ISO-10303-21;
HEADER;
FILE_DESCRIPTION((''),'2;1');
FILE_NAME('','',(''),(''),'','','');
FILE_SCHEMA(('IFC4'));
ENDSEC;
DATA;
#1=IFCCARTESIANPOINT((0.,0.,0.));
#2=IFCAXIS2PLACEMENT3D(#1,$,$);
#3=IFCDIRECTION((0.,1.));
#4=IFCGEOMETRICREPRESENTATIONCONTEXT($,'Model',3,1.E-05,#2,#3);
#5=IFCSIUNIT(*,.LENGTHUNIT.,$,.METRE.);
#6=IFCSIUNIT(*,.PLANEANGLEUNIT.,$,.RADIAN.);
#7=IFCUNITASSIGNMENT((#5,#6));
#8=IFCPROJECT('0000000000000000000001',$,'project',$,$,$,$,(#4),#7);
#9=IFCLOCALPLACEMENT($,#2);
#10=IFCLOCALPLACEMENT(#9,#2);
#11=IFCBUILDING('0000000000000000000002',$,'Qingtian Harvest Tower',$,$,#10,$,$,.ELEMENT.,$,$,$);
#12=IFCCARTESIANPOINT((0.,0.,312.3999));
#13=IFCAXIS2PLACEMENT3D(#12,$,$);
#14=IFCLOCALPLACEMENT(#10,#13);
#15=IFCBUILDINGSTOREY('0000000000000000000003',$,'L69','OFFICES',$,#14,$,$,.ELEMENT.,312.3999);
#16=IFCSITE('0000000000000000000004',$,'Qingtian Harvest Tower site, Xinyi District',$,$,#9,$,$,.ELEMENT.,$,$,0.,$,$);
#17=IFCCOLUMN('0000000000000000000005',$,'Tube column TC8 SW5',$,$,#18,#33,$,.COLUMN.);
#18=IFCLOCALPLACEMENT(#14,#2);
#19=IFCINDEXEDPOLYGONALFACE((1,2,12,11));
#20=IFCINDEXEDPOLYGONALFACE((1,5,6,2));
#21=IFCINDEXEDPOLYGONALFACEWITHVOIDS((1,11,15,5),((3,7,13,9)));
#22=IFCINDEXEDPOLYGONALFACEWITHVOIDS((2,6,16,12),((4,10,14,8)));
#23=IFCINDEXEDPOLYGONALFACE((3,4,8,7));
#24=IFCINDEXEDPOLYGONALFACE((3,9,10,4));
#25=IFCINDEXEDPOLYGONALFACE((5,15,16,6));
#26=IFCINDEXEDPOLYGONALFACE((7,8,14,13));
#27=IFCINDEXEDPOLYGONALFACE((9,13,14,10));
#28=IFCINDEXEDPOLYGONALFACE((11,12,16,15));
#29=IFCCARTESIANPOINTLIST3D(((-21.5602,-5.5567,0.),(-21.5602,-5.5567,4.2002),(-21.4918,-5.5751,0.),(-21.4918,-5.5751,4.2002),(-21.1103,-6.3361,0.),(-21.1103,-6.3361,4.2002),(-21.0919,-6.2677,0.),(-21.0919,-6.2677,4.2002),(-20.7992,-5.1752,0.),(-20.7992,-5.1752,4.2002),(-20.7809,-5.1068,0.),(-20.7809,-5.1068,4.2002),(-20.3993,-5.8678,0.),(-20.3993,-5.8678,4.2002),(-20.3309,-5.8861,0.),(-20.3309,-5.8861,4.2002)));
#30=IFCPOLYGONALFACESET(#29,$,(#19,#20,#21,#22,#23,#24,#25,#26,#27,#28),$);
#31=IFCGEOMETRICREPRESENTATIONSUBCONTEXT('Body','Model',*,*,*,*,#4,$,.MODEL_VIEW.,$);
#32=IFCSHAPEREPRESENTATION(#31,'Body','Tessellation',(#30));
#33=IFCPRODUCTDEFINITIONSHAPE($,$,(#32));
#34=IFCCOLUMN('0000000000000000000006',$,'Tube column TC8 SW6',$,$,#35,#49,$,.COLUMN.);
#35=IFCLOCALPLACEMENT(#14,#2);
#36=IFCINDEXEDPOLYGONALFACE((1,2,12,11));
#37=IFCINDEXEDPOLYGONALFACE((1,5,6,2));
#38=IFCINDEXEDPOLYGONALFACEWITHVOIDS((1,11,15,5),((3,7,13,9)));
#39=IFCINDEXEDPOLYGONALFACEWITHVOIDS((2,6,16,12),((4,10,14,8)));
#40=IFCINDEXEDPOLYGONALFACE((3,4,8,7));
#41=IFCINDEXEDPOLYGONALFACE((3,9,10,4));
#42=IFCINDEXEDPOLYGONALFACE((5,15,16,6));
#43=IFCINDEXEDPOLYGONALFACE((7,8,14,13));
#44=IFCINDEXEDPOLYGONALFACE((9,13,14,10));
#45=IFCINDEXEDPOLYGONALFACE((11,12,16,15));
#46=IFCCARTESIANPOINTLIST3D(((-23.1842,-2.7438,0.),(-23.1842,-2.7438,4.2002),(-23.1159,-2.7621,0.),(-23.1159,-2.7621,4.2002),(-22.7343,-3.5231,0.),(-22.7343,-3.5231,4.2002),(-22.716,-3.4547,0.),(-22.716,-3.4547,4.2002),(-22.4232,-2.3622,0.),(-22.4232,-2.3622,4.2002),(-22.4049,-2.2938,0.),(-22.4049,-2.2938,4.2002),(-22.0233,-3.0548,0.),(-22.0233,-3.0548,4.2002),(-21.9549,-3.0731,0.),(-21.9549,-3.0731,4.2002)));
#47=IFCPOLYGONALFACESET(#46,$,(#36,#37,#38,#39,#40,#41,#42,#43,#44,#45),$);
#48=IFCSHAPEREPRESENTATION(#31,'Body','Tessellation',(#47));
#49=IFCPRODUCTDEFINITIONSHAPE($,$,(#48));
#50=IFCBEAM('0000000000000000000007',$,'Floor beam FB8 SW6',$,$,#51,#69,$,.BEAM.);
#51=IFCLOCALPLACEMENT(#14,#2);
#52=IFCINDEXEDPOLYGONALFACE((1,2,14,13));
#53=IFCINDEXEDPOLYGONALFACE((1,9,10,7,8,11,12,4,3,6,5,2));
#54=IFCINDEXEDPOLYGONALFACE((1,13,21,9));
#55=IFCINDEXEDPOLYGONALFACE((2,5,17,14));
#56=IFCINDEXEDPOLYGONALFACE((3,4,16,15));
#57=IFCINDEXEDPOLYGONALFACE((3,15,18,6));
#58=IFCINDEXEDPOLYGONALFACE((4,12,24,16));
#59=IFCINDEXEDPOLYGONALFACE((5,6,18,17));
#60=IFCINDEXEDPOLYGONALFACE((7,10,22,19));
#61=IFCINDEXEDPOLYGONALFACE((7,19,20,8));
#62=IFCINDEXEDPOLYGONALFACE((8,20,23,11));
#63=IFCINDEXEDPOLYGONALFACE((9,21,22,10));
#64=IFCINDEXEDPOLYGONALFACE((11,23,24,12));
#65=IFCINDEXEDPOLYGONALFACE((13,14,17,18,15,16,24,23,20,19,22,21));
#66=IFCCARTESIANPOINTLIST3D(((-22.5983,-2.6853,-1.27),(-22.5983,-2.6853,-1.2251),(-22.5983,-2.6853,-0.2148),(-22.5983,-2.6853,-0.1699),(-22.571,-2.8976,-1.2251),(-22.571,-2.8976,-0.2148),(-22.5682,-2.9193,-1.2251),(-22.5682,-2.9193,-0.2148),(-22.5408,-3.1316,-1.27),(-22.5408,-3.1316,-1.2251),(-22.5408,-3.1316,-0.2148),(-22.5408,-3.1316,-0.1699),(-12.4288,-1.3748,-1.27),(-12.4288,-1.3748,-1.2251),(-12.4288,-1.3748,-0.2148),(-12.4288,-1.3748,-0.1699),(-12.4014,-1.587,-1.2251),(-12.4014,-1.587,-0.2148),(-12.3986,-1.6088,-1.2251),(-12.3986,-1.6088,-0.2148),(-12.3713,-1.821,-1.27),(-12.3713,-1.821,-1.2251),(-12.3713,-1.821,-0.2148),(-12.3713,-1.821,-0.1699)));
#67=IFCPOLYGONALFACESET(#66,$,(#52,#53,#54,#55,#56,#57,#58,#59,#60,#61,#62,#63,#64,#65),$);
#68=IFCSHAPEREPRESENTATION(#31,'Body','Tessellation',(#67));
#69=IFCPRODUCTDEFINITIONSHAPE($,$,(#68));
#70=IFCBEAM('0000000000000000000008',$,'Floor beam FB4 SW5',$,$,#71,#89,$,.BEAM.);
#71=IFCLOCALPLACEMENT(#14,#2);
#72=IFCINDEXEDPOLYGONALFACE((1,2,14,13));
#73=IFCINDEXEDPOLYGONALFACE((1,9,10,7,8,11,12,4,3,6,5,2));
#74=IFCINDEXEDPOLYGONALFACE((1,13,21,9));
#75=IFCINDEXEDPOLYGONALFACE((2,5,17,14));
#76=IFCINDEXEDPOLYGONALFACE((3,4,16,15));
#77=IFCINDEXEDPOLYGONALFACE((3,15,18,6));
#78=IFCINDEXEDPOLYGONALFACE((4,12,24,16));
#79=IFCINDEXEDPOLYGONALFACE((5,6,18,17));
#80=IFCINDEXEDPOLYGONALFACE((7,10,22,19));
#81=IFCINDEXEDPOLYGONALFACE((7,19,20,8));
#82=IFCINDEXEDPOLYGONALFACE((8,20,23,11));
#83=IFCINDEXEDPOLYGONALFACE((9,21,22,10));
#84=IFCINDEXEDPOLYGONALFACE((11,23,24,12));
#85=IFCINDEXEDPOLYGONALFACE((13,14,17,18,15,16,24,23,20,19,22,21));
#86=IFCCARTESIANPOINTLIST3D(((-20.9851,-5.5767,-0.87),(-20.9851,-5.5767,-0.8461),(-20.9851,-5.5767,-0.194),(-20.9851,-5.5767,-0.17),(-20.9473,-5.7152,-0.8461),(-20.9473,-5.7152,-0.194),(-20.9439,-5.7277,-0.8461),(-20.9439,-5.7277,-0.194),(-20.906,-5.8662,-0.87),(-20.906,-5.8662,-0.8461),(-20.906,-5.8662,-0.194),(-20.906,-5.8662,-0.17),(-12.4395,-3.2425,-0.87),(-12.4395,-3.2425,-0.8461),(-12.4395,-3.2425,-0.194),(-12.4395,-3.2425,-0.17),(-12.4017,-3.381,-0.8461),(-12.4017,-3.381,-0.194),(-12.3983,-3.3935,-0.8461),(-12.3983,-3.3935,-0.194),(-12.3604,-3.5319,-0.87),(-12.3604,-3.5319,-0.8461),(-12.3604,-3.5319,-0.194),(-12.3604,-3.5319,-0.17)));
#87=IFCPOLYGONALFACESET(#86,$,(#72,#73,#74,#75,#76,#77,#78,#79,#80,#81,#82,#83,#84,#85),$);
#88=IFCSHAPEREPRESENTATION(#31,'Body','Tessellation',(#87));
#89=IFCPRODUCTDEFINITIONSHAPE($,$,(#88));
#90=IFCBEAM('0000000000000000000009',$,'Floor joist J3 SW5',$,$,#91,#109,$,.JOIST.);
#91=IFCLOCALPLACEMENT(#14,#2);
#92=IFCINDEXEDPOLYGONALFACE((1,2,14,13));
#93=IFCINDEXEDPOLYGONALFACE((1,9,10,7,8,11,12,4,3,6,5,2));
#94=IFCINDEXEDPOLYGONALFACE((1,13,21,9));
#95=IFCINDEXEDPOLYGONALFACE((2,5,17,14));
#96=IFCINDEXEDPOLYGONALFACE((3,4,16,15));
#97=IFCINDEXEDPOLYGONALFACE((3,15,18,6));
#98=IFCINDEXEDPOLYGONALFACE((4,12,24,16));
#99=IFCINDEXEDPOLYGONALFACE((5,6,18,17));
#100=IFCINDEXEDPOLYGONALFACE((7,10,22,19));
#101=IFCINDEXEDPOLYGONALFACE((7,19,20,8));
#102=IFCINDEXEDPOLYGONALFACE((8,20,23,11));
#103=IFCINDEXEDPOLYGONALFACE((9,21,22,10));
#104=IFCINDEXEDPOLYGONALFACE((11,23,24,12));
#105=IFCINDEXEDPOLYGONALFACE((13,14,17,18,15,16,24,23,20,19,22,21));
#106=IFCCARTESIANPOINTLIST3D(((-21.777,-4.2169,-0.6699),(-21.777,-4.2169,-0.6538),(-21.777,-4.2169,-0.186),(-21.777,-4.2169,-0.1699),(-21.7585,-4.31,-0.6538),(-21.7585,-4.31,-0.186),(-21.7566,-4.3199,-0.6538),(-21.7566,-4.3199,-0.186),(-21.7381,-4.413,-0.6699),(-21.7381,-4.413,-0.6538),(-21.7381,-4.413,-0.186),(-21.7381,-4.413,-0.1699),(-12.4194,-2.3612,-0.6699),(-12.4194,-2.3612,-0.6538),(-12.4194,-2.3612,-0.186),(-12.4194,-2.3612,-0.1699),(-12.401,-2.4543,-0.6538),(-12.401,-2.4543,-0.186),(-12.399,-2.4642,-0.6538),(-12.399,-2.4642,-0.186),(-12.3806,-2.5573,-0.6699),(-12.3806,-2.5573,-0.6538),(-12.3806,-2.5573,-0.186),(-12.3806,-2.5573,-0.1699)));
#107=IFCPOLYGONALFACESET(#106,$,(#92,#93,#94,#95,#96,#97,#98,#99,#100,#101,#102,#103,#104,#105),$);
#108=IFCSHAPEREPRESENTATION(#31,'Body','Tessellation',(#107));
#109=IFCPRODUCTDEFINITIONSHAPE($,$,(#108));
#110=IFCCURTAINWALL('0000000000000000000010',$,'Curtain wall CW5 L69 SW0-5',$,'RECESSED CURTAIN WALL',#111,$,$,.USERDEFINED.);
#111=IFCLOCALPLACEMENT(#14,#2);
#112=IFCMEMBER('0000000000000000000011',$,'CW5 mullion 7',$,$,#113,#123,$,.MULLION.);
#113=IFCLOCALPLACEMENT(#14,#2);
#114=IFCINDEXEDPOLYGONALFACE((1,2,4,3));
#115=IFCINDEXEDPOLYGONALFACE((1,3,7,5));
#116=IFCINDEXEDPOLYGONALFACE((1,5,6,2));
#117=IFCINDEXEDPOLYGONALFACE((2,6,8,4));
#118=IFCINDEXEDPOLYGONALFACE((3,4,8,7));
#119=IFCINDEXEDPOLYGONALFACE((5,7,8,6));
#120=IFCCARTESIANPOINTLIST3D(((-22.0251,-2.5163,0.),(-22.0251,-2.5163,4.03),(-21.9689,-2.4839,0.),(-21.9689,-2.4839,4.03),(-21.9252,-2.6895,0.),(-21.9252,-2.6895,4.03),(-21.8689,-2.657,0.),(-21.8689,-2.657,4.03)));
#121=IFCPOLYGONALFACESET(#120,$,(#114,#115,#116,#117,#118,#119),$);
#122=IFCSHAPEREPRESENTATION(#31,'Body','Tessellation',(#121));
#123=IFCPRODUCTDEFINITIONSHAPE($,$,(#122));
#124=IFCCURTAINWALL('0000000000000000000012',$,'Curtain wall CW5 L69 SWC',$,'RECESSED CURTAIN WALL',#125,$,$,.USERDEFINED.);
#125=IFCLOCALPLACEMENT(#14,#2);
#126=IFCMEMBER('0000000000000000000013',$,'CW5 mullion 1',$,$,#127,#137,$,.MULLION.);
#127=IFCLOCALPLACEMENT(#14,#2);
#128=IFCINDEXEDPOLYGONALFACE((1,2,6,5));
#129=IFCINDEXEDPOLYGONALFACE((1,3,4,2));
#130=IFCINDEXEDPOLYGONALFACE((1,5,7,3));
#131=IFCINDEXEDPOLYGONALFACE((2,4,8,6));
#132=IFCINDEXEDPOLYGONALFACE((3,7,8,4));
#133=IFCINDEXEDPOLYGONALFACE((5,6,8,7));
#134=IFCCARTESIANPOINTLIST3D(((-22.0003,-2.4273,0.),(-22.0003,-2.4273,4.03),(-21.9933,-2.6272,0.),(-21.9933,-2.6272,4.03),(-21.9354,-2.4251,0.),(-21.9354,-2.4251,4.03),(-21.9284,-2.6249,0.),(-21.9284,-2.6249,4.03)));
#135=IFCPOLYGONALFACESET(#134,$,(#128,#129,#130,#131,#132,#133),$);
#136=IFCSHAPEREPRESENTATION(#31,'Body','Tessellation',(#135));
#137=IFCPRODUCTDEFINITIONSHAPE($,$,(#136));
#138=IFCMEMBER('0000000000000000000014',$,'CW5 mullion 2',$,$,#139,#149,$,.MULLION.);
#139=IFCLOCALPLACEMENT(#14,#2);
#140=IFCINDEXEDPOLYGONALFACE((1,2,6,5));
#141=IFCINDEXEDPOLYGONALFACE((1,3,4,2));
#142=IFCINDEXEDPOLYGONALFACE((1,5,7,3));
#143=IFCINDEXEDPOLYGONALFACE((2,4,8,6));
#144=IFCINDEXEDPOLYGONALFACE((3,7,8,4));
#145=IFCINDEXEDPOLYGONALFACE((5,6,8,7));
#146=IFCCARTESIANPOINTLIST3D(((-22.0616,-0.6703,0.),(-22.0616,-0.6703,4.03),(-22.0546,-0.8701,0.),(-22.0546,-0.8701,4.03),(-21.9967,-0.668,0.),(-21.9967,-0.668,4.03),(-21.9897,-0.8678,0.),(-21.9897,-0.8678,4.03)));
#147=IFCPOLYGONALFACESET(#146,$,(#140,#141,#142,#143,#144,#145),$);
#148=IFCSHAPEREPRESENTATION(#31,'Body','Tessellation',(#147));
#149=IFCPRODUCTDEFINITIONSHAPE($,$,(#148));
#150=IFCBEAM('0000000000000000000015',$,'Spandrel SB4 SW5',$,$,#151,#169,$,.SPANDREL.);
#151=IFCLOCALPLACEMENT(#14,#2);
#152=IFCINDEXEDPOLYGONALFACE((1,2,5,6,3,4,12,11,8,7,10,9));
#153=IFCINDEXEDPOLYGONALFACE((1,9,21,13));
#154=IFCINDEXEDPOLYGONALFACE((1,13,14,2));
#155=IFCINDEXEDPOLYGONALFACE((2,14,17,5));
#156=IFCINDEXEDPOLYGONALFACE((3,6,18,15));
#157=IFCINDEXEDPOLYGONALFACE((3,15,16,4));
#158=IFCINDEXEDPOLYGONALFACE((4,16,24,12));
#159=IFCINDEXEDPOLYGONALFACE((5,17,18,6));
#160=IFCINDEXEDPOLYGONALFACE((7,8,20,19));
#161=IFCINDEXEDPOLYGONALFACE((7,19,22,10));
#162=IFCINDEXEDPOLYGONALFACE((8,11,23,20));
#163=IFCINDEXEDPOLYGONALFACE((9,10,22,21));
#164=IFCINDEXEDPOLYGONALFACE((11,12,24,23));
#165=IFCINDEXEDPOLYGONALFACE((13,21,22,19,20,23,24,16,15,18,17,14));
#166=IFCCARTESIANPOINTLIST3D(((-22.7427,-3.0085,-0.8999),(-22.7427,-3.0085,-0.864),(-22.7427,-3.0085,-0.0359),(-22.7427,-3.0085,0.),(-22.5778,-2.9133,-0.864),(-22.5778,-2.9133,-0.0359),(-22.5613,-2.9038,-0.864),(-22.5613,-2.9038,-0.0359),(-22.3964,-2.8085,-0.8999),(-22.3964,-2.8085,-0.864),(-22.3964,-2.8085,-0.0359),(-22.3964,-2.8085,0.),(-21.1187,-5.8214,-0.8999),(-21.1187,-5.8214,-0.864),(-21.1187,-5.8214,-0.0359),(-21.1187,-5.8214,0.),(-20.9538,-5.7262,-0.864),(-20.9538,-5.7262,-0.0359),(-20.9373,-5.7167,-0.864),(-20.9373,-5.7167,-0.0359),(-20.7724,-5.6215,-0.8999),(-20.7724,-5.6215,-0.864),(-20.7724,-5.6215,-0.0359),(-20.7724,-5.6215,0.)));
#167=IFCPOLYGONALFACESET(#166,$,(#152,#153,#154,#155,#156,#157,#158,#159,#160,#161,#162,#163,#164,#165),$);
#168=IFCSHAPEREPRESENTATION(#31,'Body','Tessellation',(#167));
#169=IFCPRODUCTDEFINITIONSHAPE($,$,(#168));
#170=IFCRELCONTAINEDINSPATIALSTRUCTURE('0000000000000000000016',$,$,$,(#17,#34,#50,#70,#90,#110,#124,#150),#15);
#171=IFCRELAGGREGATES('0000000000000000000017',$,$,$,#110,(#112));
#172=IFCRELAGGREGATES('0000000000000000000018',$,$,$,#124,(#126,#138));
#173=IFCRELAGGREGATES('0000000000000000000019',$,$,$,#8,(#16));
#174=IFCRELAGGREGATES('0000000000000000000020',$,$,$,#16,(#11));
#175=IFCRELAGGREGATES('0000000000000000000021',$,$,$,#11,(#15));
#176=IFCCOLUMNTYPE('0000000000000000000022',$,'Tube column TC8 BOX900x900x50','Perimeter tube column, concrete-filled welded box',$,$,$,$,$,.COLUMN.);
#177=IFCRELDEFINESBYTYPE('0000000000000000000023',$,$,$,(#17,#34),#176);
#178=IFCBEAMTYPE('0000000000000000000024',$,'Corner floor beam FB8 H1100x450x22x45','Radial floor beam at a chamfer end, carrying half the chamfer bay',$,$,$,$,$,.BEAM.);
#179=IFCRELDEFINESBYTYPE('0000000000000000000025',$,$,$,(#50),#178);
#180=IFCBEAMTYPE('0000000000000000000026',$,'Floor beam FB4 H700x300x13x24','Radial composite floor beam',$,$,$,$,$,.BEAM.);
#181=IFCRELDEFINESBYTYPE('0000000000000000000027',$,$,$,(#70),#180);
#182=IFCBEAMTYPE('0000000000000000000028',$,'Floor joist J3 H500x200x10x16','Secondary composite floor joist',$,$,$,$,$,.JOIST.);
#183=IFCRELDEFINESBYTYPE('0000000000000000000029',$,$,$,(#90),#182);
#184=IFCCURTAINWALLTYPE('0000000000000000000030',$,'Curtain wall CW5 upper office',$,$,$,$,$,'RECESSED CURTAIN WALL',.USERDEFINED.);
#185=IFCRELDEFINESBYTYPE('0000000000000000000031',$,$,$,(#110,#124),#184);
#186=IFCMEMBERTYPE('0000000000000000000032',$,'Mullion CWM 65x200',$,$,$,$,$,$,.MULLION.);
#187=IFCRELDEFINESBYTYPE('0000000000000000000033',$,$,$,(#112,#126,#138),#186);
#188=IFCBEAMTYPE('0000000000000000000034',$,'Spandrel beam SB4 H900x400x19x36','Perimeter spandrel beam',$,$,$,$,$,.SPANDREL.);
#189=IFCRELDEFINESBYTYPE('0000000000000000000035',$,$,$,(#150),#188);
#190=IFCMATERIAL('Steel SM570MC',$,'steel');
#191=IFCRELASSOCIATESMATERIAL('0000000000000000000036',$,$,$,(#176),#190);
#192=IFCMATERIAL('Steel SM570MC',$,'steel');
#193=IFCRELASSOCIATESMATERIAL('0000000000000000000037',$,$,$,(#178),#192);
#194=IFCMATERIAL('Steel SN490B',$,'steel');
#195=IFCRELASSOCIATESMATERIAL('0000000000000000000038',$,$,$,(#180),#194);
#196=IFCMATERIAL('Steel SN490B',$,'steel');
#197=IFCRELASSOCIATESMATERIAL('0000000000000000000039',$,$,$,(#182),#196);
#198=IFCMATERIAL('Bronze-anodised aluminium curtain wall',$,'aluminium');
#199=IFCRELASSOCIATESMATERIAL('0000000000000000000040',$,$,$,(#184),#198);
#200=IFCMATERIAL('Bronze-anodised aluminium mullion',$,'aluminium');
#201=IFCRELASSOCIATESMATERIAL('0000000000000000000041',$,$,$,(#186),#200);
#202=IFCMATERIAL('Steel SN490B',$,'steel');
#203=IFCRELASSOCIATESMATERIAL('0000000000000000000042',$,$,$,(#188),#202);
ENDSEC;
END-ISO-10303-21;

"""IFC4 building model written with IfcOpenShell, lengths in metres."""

from ifc_helpers import new_model, si_unit, direction, frame, origin, origin_2d, place, context, subcontext, project, spatial, rectangle, hollow_rectangle, i_section, extrude, material, material_profile, profile_set, type_object, element, aggregate, save


model = new_model("IFC4")

# Units and contexts
model_context = context("Model", 3, precision=1e-05, world=origin(), true_north=direction((0.0, 1.0)))
body_context = subcontext(model_context, "Body", "Model", "MODEL_VIEW")
ifc_project = project(units=[si_unit("LENGTHUNIT", "METRE"), si_unit("PLANEANGLEUNIT", "RADIAN")], contexts=[model_context])

# Site, building, storey
site_placement = place(None, origin())
site = spatial("IfcSite", under=ifc_project, at=site_placement, Name="Qingtian Harvest Tower site, Xinyi District", CompositionType="ELEMENT", RefElevation=0.0)
building_placement = place(site_placement, origin())
building = spatial("IfcBuilding", under=site, at=building_placement, Name="Qingtian Harvest Tower", CompositionType="ELEMENT")
storey_placement = place(building_placement, frame((0.0, 0.0, 312.3999)))
storey = spatial("IfcBuildingStorey", under=building, at=storey_placement, Name="L69", Description="OFFICES", CompositionType="ELEMENT", Elevation=312.3999)

# Columns
ifc_material_1 = material(Name="Steel SM570MC", Category="steel")
ifc_material_profile_1 = material_profile(ifc_material_1, hollow_rectangle(XDim=0.8999, YDim=0.8999, WallThickness=0.05, at=origin_2d()), Name="BOX900x900x50")
ifc_profile_set_1 = profile_set([ifc_material_profile_1], Name="Steel SM570MC")
column_type = type_object("IfcColumnType", Name="Tube column TC8 BOX900x900x50", Description="Perimeter tube column, concrete-filled welded box", PredefinedType="COLUMN", material=ifc_profile_set_1)
for number, where, z_axis, x_axis, name in (
    (1, (-20.9456, -5.7214, 0.0), (0.0, 0.0, 1.0), (0.5, -0.866025, 0.0), "Tube column TC8 SW5"),
    (2, (-22.5696, -2.9084, 0.0), (0.0, 0.0, 1.0), (0.5, -0.866025, 0.0), "Tube column TC8 SW6"),
):
    element("IfcColumn", number, at=place(storey_placement, frame(where, z_axis=z_axis, x_axis=x_axis)), inside=storey, type_object=column_type, Name=name, PredefinedType="COLUMN", context=body_context, shape_type="SweptSolid", body=[
        extrude(hollow_rectangle(XDim=0.8999, YDim=0.8999, WallThickness=0.05, at=origin_2d()), origin(), (0.0, 0.0, 1.0), 4.2002),
    ])

# Beams
ifc_material_2 = material(Name="Steel SM570MC", Category="steel")
ifc_material_profile_2 = material_profile(ifc_material_2, i_section(OverallWidth=0.45, OverallDepth=1.1001, WebThickness=0.022, FlangeThickness=0.0449, at=origin_2d()), Name="H1100x450x22x45")
ifc_profile_set_2 = profile_set([ifc_material_profile_2], Name="Steel SM570MC")
beam_type_1 = type_object("IfcBeamType", Name="Corner floor beam FB8 H1100x450x22x45", Description="Radial floor beam at a chamfer end, carrying half the chamfer bay", PredefinedType="BEAM", material=ifc_profile_set_2)
beam_1_placement = place(storey_placement, frame((-22.5696, -2.9084, -0.72), z_axis=(0.991799, 0.127811, 0.0), x_axis=(-0.127811, 0.991799, 0.0)))
element("IfcBeam", 3, at=beam_1_placement, inside=storey, type_object=beam_type_1, Name="Floor beam FB8 SW6", PredefinedType="BEAM", context=body_context, shape_type="SweptSolid", body=[
    extrude(i_section(OverallWidth=0.45, OverallDepth=1.1001, WebThickness=0.022, FlangeThickness=0.0449, at=origin_2d()), origin(), (0.0, 0.0, 1.0), 10.2537),
])
ifc_material_3 = material(Name="Steel SN490B", Category="steel")
ifc_material_profile_3 = material_profile(ifc_material_3, i_section(OverallWidth=0.3, OverallDepth=0.7, WebThickness=0.0129, FlangeThickness=0.0239, at=origin_2d()), Name="H700x300x13x24")
ifc_profile_set_3 = profile_set([ifc_material_profile_3], Name="Steel SN490B")
beam_type_2 = type_object("IfcBeamType", Name="Floor beam FB4 H700x300x13x24", Description="Radial composite floor beam", PredefinedType="BEAM", material=ifc_profile_set_3)
beam_2_placement = place(storey_placement, frame((-20.9456, -5.7214, -0.52), z_axis=(0.964661, 0.263495, 0.0), x_axis=(-0.263495, 0.964661, 0.0)))
element("IfcBeam", 4, at=beam_2_placement, inside=storey, type_object=beam_type_2, Name="Floor beam FB4 SW5", PredefinedType="BEAM", context=body_context, shape_type="SweptSolid", body=[
    extrude(i_section(OverallWidth=0.3, OverallDepth=0.7, WebThickness=0.0129, FlangeThickness=0.0239, at=origin_2d()), origin(), (0.0, 0.0, 1.0), 8.8586),
])
ifc_material_4 = material(Name="Steel SN490B", Category="steel")
ifc_material_profile_4 = material_profile(ifc_material_4, i_section(OverallWidth=0.2, OverallDepth=0.5, WebThickness=0.01, FlangeThickness=0.0161, at=origin_2d()), Name="H500x200x10x16")
ifc_profile_set_4 = profile_set([ifc_material_profile_4], Name="Steel SN490B")
beam_type_3 = type_object("IfcBeamType", Name="Floor joist J3 H500x200x10x16", Description="Secondary composite floor joist", PredefinedType="JOIST", material=ifc_profile_set_4)
beam_3_placement = place(storey_placement, frame((-21.7576, -4.3149, -0.4199), z_axis=(0.980898, 0.194521, 0.0), x_axis=(-0.194521, 0.980898, 0.0)))
element("IfcBeam", 5, at=beam_3_placement, inside=storey, type_object=beam_type_3, Name="Floor joist J3 SW5", PredefinedType="JOIST", context=body_context, shape_type="SweptSolid", body=[
    extrude(i_section(OverallWidth=0.2, OverallDepth=0.5, WebThickness=0.01, FlangeThickness=0.0161, at=origin_2d()), origin(), (0.0, 0.0, 1.0), 9.5398),
])

# Curtain wall, member
ifc_material_5 = material(Name="Bronze-anodised aluminium curtain wall", Category="aluminium")
curtain_wall_type = type_object("IfcCurtainWallType", Name="Curtain wall CW5 upper office", ElementType="RECESSED CURTAIN WALL", PredefinedType="USERDEFINED", material=ifc_material_5)
curtain_wall_1_placement = place(storey_placement, origin())
curtain_wall_1 = element("IfcCurtainWall", 6, at=curtain_wall_1_placement, inside=storey, type_object=curtain_wall_type, Name="Curtain wall CW5 L69 SW0-5", ObjectType="RECESSED CURTAIN WALL", PredefinedType="USERDEFINED")
ifc_material_6 = material(Name="Bronze-anodised aluminium mullion", Category="aluminium")
ifc_material_profile_5 = material_profile(ifc_material_6, rectangle(XDim=0.0649, YDim=0.2, at=origin_2d()), Name="AL 65x200")
ifc_profile_set_5 = profile_set([ifc_material_profile_5], Name="Bronze-anodised aluminium mullion")
member_type_1 = type_object("IfcMemberType", Name="Mullion CWM 65x200", PredefinedType="MULLION", material=ifc_profile_set_5)
member_1_placement = place(storey_placement, frame((-21.947, -2.5867, 0.0), z_axis=(0.0, 0.0, 1.0), x_axis=(-0.866025, -0.5, 0.0)))
member_1 = element("IfcMember", 7, at=member_1_placement, type_object=member_type_1, Name="CW5 mullion 7", PredefinedType="MULLION", context=body_context, shape_type="SweptSolid", body=[
    extrude(rectangle(XDim=0.0649, YDim=0.2, at=origin_2d()), origin(), (0.0, 0.0, 1.0), 4.03),
])

# Curtain wall, members
curtain_wall_2_placement = place(storey_placement, origin())
curtain_wall_2 = element("IfcCurtainWall", 8, at=curtain_wall_2_placement, inside=storey, type_object=curtain_wall_type, Name="Curtain wall CW5 L69 SWC", ObjectType="RECESSED CURTAIN WALL", PredefinedType="USERDEFINED")
member_2_placement = place(storey_placement, frame((-21.9644, -2.5261, 0.0), z_axis=(0.0, 0.0, 1.0), x_axis=(-0.999391, -0.034899, 0.0)))
member_2 = element("IfcMember", 9, at=member_2_placement, type_object=member_type_1, Name="CW5 mullion 1", PredefinedType="MULLION", context=body_context, shape_type="SweptSolid", body=[
    extrude(rectangle(XDim=0.0649, YDim=0.2, at=origin_2d()), origin(), (0.0, 0.0, 1.0), 4.03),
])
member_3_placement = place(storey_placement, frame((-22.0256, -0.769, 0.0), z_axis=(0.0, 0.0, 1.0), x_axis=(-0.999391, -0.034899, 0.0)))
member_3 = element("IfcMember", 10, at=member_3_placement, type_object=member_type_1, Name="CW5 mullion 2", PredefinedType="MULLION", context=body_context, shape_type="SweptSolid", body=[
    extrude(rectangle(XDim=0.0649, YDim=0.2, at=origin_2d()), origin(), (0.0, 0.0, 1.0), 4.03),
])

# Beam
ifc_material_7 = material(Name="Steel SN490B", Category="steel")
ifc_material_profile_6 = material_profile(ifc_material_7, i_section(OverallWidth=0.3999, OverallDepth=0.8999, WebThickness=0.019, FlangeThickness=0.0359, at=origin_2d()), Name="H900x400x19x36")
ifc_profile_set_6 = profile_set([ifc_material_profile_6], Name="Steel SN490B")
beam_type_4 = type_object("IfcBeamType", Name="Spandrel beam SB4 H900x400x19x36", Description="Perimeter spandrel beam", PredefinedType="SPANDREL", material=ifc_profile_set_6)
beam_4_placement = place(storey_placement, frame((-20.9456, -5.7214, -0.45), z_axis=(-0.499987, 0.866033, 0.0), x_axis=(-0.866033, -0.499987, 0.0)))
element("IfcBeam", 11, at=beam_4_placement, inside=storey, type_object=beam_type_4, Name="Spandrel SB4 SW5", PredefinedType="SPANDREL", context=body_context, shape_type="SweptSolid", body=[
    extrude(i_section(OverallWidth=0.3999, OverallDepth=0.8999, WebThickness=0.019, FlangeThickness=0.0359, at=origin_2d()), origin(), (0.0, 0.0, 1.0), 3.248),
])

aggregate(curtain_wall_1, [member_1])
aggregate(curtain_wall_2, [member_2, member_3])

save(model, "model.ifc")
